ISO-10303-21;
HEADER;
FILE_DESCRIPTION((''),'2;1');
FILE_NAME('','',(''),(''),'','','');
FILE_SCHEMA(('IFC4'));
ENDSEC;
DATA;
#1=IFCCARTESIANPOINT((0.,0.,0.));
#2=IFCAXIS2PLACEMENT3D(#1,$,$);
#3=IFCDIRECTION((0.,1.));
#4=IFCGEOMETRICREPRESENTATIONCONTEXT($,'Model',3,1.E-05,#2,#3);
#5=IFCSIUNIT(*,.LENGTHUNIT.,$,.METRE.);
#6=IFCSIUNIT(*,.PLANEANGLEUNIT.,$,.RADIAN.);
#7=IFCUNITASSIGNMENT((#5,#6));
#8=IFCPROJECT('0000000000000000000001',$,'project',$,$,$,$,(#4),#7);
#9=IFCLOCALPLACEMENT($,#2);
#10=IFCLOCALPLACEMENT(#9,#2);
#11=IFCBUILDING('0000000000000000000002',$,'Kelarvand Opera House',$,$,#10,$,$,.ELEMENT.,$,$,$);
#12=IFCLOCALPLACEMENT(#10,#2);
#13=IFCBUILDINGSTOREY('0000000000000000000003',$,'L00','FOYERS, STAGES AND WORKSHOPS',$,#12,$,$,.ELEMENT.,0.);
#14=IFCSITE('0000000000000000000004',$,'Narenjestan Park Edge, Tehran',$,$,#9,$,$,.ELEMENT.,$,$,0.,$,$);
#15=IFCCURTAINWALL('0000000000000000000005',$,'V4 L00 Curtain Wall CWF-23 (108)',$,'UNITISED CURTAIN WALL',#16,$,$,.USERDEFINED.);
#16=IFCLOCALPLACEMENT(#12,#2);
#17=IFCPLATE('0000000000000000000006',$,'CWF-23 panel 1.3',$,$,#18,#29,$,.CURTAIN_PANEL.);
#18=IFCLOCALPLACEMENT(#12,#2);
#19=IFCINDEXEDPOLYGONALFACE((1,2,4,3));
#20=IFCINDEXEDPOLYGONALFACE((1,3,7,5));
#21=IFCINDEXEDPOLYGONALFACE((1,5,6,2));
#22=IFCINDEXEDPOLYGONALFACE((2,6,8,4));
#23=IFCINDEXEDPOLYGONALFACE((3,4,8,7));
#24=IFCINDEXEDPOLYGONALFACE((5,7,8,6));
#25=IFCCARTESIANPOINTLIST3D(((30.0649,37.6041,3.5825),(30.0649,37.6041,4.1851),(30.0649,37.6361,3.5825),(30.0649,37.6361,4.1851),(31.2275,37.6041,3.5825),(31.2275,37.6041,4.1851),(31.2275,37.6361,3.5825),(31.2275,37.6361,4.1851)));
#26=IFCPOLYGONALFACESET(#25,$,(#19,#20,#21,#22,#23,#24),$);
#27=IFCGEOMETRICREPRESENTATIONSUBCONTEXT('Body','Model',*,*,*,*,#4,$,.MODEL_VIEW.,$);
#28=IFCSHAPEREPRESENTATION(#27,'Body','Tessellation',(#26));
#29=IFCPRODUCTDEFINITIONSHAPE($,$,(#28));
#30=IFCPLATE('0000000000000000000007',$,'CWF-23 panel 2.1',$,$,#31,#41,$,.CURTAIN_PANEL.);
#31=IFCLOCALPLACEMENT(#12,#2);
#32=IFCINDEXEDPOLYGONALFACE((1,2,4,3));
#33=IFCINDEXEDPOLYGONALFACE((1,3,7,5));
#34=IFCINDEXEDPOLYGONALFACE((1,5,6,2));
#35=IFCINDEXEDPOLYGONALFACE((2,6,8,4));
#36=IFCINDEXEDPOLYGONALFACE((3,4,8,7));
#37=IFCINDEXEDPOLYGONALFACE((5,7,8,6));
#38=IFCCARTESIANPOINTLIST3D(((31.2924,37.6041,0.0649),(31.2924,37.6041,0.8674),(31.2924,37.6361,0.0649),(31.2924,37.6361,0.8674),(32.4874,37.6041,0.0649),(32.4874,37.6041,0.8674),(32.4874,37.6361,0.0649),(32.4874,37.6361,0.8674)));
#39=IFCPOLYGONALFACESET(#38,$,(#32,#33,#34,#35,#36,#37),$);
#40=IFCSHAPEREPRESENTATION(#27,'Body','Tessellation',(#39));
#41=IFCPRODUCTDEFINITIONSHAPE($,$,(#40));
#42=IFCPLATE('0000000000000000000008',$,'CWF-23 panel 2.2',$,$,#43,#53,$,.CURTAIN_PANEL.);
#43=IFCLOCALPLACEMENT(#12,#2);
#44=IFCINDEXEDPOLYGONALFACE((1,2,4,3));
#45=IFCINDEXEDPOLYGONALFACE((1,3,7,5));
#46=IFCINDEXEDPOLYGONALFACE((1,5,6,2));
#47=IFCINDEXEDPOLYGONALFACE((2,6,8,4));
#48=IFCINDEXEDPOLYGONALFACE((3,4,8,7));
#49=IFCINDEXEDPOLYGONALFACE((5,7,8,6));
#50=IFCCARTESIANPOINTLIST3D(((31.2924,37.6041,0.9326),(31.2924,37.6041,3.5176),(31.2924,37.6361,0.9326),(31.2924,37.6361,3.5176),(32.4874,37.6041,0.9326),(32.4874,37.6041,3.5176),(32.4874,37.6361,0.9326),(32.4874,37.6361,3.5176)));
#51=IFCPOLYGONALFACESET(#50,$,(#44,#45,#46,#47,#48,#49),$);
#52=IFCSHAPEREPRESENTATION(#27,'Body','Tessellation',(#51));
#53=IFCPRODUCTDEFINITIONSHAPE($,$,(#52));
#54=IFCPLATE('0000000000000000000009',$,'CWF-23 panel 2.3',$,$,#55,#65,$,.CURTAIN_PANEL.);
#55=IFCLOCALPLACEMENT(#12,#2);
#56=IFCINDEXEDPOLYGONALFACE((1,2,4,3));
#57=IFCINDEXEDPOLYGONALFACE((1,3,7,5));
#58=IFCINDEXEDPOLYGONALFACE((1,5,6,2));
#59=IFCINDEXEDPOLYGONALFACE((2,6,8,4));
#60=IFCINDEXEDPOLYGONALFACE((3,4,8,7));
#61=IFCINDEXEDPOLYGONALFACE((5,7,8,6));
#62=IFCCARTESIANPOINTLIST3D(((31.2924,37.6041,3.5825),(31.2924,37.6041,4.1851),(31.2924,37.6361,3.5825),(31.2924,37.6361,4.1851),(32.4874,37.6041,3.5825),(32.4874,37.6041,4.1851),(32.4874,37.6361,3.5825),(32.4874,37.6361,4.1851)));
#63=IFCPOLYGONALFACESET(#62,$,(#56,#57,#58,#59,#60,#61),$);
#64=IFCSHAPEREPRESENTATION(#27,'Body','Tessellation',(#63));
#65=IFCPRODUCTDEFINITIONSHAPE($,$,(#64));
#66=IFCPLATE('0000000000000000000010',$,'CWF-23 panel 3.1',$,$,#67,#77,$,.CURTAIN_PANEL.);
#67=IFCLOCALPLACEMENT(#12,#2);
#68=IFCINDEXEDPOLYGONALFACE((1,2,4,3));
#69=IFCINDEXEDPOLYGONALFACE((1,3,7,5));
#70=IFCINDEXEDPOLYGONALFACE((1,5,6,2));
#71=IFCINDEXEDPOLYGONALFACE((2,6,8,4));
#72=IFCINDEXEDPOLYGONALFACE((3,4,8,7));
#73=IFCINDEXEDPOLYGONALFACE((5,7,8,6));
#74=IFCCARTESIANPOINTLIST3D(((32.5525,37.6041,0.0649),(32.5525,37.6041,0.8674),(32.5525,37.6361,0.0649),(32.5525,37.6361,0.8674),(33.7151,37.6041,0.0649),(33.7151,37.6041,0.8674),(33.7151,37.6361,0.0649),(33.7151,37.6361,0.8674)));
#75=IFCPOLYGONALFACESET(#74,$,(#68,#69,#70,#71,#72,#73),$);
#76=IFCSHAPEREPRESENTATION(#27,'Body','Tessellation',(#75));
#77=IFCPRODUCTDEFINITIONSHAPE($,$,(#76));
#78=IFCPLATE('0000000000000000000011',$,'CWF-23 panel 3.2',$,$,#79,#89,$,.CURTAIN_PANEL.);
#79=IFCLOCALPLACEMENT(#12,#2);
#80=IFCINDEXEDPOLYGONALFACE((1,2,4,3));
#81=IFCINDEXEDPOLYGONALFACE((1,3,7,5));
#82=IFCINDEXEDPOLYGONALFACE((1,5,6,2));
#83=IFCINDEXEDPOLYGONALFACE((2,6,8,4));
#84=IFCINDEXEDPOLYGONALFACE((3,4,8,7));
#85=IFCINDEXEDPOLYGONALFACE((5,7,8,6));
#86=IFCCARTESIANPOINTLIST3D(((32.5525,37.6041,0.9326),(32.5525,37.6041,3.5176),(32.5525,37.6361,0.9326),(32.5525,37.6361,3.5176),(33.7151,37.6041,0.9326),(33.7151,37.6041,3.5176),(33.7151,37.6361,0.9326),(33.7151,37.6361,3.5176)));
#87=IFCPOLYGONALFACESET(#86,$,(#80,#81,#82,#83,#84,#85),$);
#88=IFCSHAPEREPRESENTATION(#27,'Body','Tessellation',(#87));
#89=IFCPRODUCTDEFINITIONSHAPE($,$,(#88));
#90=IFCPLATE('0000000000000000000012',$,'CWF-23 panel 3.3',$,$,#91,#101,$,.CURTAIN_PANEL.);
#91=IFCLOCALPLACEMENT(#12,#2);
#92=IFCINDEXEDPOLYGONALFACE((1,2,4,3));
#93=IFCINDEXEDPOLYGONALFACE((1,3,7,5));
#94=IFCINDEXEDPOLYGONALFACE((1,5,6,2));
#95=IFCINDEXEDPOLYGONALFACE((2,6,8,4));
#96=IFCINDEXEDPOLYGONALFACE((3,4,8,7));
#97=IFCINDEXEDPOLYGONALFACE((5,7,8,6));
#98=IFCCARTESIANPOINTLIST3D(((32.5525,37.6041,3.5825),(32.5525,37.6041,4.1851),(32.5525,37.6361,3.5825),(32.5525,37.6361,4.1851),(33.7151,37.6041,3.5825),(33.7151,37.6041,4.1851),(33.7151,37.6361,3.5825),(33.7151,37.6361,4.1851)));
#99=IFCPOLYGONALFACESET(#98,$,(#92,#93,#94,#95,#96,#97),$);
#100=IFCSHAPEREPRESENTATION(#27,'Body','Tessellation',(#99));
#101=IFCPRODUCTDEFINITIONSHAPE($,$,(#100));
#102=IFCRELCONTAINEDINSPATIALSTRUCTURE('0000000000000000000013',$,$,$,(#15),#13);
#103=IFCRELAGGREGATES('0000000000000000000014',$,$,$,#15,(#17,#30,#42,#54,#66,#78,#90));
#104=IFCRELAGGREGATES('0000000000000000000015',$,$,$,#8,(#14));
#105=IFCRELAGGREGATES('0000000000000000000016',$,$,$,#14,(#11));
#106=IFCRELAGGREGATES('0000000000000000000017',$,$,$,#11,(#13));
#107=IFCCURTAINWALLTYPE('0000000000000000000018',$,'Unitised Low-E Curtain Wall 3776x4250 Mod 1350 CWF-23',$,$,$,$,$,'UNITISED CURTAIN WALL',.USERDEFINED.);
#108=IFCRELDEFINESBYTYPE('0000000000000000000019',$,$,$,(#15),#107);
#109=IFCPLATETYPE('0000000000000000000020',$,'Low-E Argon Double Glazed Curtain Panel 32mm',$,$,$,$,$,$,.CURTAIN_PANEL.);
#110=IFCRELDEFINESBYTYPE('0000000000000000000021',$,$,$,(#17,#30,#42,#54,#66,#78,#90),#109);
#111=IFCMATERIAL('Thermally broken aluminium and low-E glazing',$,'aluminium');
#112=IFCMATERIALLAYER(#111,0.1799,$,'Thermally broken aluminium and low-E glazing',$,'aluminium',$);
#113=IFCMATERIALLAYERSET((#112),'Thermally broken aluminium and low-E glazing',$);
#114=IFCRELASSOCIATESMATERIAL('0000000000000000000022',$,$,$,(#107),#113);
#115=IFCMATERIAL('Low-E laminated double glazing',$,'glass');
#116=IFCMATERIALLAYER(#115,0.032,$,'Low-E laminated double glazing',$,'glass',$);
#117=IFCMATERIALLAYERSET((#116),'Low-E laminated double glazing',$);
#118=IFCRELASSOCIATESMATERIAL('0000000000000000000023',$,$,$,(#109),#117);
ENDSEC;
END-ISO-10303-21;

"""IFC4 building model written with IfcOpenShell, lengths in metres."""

from ifc_helpers import new_model, si_unit, direction, frame, origin, origin_2d, place, context, subcontext, project, spatial, rectangle, extrude, material, layer, layer_set, type_object, element, aggregate, save


model = new_model("IFC4")

# Units and contexts
model_context = context("Model", 3, precision=1e-05, world=origin(), true_north=direction((0.0, 1.0)))
body_context = subcontext(model_context, "Body", "Model", "MODEL_VIEW")
ifc_project = project(units=[si_unit("LENGTHUNIT", "METRE"), si_unit("PLANEANGLEUNIT", "RADIAN")], contexts=[model_context])

# Site, building, storey
site_placement = place(None, origin())
site = spatial("IfcSite", under=ifc_project, at=site_placement, Name="Narenjestan Park Edge, Tehran", CompositionType="ELEMENT", RefElevation=0.0)
building_placement = place(site_placement, origin())
building = spatial("IfcBuilding", under=site, at=building_placement, Name="Kelarvand Opera House", CompositionType="ELEMENT")
storey_placement = place(building_placement, origin())
storey = spatial("IfcBuildingStorey", under=building, at=storey_placement, Name="L00", Description="FOYERS, STAGES AND WORKSHOPS", CompositionType="ELEMENT", Elevation=0.0)

# Curtain wall, plates
ifc_material_1 = material(Name="Thermally broken aluminium and low-E glazing", Category="aluminium")
ifc_layer_1 = layer(ifc_material_1, 0.1799, Name="Thermally broken aluminium and low-E glazing", Category="aluminium")
ifc_layer_set_1 = layer_set([ifc_layer_1], Name="Thermally broken aluminium and low-E glazing")
curtain_wall_type = type_object("IfcCurtainWallType", Name="Unitised Low-E Curtain Wall 3776x4250 Mod 1350 CWF-23", ElementType="UNITISED CURTAIN WALL", PredefinedType="USERDEFINED", material=ifc_layer_set_1)
curtain_wall_placement = place(storey_placement, origin())
curtain_wall = element("IfcCurtainWall", 1, at=curtain_wall_placement, inside=storey, type_object=curtain_wall_type, Name="V4 L00 Curtain Wall CWF-23 (108)", ObjectType="UNITISED CURTAIN WALL", PredefinedType="USERDEFINED")
ifc_material_2 = material(Name="Low-E laminated double glazing", Category="glass")
ifc_layer_2 = layer(ifc_material_2, 0.032, Name="Low-E laminated double glazing", Category="glass")
ifc_layer_set_2 = layer_set([ifc_layer_2], Name="Low-E laminated double glazing")
plate_type = type_object("IfcPlateType", Name="Low-E Argon Double Glazed Curtain Panel 32mm", PredefinedType="CURTAIN_PANEL", material=ifc_layer_set_2)
plate_1_placement = place(storey_placement, frame((30.6462, 37.6201, 3.5825), z_axis=(0.0, 0.0, 1.0), x_axis=(1.0, 0.0, 0.0)))
plate_1 = element("IfcPlate", 2, at=plate_1_placement, type_object=plate_type, Name="CWF-23 panel 1.3", PredefinedType="CURTAIN_PANEL", context=body_context, shape_type="SweptSolid", body=[
    extrude(rectangle(XDim=1.1626, YDim=0.032, at=origin_2d()), origin(), (0.0, 0.0, 1.0), 0.6025),
])
plate_2_placement = place(storey_placement, frame((31.8899, 37.6201, 0.0649), z_axis=(0.0, 0.0, 1.0), x_axis=(1.0, 0.0, 0.0)))
plate_2 = element("IfcPlate", 3, at=plate_2_placement, type_object=plate_type, Name="CWF-23 panel 2.1", PredefinedType="CURTAIN_PANEL", context=body_context, shape_type="SweptSolid", body=[
    extrude(rectangle(XDim=1.1951, YDim=0.032, at=origin_2d()), origin(), (0.0, 0.0, 1.0), 0.8025),
])
plate_3_placement = place(storey_placement, frame((31.8899, 37.6201, 0.9326), z_axis=(0.0, 0.0, 1.0), x_axis=(1.0, 0.0, 0.0)))
plate_3 = element("IfcPlate", 4, at=plate_3_placement, type_object=plate_type, Name="CWF-23 panel 2.2", PredefinedType="CURTAIN_PANEL", context=body_context, shape_type="SweptSolid", body=[
    extrude(rectangle(XDim=1.1951, YDim=0.032, at=origin_2d()), origin(), (0.0, 0.0, 1.0), 2.585),
])
plate_4_placement = place(storey_placement, frame((31.8899, 37.6201, 3.5825), z_axis=(0.0, 0.0, 1.0), x_axis=(1.0, 0.0, 0.0)))
plate_4 = element("IfcPlate", 5, at=plate_4_placement, type_object=plate_type, Name="CWF-23 panel 2.3", PredefinedType="CURTAIN_PANEL", context=body_context, shape_type="SweptSolid", body=[
    extrude(rectangle(XDim=1.1951, YDim=0.032, at=origin_2d()), origin(), (0.0, 0.0, 1.0), 0.6025),
])
plate_5_placement = place(storey_placement, frame((33.1338, 37.6201, 0.0649), z_axis=(0.0, 0.0, 1.0), x_axis=(1.0, 0.0, 0.0)))
plate_5 = element("IfcPlate", 6, at=plate_5_placement, type_object=plate_type, Name="CWF-23 panel 3.1", PredefinedType="CURTAIN_PANEL", context=body_context, shape_type="SweptSolid", body=[
    extrude(rectangle(XDim=1.1626, YDim=0.032, at=origin_2d()), origin(), (0.0, 0.0, 1.0), 0.8025),
])
plate_6_placement = place(storey_placement, frame((33.1338, 37.6201, 0.9326), z_axis=(0.0, 0.0, 1.0), x_axis=(1.0, 0.0, 0.0)))
plate_6 = element("IfcPlate", 7, at=plate_6_placement, type_object=plate_type, Name="CWF-23 panel 3.2", PredefinedType="CURTAIN_PANEL", context=body_context, shape_type="SweptSolid", body=[
    extrude(rectangle(XDim=1.1626, YDim=0.032, at=origin_2d()), origin(), (0.0, 0.0, 1.0), 2.585),
])
plate_7_placement = place(storey_placement, frame((33.1338, 37.6201, 3.5825), z_axis=(0.0, 0.0, 1.0), x_axis=(1.0, 0.0, 0.0)))
plate_7 = element("IfcPlate", 8, at=plate_7_placement, type_object=plate_type, Name="CWF-23 panel 3.3", PredefinedType="CURTAIN_PANEL", context=body_context, shape_type="SweptSolid", body=[
    extrude(rectangle(XDim=1.1626, YDim=0.032, at=origin_2d()), origin(), (0.0, 0.0, 1.0), 0.6025),
])
aggregate(curtain_wall, [plate_1, plate_2, plate_3, plate_4, plate_5, plate_6, plate_7])

save(model, "model.ifc")
